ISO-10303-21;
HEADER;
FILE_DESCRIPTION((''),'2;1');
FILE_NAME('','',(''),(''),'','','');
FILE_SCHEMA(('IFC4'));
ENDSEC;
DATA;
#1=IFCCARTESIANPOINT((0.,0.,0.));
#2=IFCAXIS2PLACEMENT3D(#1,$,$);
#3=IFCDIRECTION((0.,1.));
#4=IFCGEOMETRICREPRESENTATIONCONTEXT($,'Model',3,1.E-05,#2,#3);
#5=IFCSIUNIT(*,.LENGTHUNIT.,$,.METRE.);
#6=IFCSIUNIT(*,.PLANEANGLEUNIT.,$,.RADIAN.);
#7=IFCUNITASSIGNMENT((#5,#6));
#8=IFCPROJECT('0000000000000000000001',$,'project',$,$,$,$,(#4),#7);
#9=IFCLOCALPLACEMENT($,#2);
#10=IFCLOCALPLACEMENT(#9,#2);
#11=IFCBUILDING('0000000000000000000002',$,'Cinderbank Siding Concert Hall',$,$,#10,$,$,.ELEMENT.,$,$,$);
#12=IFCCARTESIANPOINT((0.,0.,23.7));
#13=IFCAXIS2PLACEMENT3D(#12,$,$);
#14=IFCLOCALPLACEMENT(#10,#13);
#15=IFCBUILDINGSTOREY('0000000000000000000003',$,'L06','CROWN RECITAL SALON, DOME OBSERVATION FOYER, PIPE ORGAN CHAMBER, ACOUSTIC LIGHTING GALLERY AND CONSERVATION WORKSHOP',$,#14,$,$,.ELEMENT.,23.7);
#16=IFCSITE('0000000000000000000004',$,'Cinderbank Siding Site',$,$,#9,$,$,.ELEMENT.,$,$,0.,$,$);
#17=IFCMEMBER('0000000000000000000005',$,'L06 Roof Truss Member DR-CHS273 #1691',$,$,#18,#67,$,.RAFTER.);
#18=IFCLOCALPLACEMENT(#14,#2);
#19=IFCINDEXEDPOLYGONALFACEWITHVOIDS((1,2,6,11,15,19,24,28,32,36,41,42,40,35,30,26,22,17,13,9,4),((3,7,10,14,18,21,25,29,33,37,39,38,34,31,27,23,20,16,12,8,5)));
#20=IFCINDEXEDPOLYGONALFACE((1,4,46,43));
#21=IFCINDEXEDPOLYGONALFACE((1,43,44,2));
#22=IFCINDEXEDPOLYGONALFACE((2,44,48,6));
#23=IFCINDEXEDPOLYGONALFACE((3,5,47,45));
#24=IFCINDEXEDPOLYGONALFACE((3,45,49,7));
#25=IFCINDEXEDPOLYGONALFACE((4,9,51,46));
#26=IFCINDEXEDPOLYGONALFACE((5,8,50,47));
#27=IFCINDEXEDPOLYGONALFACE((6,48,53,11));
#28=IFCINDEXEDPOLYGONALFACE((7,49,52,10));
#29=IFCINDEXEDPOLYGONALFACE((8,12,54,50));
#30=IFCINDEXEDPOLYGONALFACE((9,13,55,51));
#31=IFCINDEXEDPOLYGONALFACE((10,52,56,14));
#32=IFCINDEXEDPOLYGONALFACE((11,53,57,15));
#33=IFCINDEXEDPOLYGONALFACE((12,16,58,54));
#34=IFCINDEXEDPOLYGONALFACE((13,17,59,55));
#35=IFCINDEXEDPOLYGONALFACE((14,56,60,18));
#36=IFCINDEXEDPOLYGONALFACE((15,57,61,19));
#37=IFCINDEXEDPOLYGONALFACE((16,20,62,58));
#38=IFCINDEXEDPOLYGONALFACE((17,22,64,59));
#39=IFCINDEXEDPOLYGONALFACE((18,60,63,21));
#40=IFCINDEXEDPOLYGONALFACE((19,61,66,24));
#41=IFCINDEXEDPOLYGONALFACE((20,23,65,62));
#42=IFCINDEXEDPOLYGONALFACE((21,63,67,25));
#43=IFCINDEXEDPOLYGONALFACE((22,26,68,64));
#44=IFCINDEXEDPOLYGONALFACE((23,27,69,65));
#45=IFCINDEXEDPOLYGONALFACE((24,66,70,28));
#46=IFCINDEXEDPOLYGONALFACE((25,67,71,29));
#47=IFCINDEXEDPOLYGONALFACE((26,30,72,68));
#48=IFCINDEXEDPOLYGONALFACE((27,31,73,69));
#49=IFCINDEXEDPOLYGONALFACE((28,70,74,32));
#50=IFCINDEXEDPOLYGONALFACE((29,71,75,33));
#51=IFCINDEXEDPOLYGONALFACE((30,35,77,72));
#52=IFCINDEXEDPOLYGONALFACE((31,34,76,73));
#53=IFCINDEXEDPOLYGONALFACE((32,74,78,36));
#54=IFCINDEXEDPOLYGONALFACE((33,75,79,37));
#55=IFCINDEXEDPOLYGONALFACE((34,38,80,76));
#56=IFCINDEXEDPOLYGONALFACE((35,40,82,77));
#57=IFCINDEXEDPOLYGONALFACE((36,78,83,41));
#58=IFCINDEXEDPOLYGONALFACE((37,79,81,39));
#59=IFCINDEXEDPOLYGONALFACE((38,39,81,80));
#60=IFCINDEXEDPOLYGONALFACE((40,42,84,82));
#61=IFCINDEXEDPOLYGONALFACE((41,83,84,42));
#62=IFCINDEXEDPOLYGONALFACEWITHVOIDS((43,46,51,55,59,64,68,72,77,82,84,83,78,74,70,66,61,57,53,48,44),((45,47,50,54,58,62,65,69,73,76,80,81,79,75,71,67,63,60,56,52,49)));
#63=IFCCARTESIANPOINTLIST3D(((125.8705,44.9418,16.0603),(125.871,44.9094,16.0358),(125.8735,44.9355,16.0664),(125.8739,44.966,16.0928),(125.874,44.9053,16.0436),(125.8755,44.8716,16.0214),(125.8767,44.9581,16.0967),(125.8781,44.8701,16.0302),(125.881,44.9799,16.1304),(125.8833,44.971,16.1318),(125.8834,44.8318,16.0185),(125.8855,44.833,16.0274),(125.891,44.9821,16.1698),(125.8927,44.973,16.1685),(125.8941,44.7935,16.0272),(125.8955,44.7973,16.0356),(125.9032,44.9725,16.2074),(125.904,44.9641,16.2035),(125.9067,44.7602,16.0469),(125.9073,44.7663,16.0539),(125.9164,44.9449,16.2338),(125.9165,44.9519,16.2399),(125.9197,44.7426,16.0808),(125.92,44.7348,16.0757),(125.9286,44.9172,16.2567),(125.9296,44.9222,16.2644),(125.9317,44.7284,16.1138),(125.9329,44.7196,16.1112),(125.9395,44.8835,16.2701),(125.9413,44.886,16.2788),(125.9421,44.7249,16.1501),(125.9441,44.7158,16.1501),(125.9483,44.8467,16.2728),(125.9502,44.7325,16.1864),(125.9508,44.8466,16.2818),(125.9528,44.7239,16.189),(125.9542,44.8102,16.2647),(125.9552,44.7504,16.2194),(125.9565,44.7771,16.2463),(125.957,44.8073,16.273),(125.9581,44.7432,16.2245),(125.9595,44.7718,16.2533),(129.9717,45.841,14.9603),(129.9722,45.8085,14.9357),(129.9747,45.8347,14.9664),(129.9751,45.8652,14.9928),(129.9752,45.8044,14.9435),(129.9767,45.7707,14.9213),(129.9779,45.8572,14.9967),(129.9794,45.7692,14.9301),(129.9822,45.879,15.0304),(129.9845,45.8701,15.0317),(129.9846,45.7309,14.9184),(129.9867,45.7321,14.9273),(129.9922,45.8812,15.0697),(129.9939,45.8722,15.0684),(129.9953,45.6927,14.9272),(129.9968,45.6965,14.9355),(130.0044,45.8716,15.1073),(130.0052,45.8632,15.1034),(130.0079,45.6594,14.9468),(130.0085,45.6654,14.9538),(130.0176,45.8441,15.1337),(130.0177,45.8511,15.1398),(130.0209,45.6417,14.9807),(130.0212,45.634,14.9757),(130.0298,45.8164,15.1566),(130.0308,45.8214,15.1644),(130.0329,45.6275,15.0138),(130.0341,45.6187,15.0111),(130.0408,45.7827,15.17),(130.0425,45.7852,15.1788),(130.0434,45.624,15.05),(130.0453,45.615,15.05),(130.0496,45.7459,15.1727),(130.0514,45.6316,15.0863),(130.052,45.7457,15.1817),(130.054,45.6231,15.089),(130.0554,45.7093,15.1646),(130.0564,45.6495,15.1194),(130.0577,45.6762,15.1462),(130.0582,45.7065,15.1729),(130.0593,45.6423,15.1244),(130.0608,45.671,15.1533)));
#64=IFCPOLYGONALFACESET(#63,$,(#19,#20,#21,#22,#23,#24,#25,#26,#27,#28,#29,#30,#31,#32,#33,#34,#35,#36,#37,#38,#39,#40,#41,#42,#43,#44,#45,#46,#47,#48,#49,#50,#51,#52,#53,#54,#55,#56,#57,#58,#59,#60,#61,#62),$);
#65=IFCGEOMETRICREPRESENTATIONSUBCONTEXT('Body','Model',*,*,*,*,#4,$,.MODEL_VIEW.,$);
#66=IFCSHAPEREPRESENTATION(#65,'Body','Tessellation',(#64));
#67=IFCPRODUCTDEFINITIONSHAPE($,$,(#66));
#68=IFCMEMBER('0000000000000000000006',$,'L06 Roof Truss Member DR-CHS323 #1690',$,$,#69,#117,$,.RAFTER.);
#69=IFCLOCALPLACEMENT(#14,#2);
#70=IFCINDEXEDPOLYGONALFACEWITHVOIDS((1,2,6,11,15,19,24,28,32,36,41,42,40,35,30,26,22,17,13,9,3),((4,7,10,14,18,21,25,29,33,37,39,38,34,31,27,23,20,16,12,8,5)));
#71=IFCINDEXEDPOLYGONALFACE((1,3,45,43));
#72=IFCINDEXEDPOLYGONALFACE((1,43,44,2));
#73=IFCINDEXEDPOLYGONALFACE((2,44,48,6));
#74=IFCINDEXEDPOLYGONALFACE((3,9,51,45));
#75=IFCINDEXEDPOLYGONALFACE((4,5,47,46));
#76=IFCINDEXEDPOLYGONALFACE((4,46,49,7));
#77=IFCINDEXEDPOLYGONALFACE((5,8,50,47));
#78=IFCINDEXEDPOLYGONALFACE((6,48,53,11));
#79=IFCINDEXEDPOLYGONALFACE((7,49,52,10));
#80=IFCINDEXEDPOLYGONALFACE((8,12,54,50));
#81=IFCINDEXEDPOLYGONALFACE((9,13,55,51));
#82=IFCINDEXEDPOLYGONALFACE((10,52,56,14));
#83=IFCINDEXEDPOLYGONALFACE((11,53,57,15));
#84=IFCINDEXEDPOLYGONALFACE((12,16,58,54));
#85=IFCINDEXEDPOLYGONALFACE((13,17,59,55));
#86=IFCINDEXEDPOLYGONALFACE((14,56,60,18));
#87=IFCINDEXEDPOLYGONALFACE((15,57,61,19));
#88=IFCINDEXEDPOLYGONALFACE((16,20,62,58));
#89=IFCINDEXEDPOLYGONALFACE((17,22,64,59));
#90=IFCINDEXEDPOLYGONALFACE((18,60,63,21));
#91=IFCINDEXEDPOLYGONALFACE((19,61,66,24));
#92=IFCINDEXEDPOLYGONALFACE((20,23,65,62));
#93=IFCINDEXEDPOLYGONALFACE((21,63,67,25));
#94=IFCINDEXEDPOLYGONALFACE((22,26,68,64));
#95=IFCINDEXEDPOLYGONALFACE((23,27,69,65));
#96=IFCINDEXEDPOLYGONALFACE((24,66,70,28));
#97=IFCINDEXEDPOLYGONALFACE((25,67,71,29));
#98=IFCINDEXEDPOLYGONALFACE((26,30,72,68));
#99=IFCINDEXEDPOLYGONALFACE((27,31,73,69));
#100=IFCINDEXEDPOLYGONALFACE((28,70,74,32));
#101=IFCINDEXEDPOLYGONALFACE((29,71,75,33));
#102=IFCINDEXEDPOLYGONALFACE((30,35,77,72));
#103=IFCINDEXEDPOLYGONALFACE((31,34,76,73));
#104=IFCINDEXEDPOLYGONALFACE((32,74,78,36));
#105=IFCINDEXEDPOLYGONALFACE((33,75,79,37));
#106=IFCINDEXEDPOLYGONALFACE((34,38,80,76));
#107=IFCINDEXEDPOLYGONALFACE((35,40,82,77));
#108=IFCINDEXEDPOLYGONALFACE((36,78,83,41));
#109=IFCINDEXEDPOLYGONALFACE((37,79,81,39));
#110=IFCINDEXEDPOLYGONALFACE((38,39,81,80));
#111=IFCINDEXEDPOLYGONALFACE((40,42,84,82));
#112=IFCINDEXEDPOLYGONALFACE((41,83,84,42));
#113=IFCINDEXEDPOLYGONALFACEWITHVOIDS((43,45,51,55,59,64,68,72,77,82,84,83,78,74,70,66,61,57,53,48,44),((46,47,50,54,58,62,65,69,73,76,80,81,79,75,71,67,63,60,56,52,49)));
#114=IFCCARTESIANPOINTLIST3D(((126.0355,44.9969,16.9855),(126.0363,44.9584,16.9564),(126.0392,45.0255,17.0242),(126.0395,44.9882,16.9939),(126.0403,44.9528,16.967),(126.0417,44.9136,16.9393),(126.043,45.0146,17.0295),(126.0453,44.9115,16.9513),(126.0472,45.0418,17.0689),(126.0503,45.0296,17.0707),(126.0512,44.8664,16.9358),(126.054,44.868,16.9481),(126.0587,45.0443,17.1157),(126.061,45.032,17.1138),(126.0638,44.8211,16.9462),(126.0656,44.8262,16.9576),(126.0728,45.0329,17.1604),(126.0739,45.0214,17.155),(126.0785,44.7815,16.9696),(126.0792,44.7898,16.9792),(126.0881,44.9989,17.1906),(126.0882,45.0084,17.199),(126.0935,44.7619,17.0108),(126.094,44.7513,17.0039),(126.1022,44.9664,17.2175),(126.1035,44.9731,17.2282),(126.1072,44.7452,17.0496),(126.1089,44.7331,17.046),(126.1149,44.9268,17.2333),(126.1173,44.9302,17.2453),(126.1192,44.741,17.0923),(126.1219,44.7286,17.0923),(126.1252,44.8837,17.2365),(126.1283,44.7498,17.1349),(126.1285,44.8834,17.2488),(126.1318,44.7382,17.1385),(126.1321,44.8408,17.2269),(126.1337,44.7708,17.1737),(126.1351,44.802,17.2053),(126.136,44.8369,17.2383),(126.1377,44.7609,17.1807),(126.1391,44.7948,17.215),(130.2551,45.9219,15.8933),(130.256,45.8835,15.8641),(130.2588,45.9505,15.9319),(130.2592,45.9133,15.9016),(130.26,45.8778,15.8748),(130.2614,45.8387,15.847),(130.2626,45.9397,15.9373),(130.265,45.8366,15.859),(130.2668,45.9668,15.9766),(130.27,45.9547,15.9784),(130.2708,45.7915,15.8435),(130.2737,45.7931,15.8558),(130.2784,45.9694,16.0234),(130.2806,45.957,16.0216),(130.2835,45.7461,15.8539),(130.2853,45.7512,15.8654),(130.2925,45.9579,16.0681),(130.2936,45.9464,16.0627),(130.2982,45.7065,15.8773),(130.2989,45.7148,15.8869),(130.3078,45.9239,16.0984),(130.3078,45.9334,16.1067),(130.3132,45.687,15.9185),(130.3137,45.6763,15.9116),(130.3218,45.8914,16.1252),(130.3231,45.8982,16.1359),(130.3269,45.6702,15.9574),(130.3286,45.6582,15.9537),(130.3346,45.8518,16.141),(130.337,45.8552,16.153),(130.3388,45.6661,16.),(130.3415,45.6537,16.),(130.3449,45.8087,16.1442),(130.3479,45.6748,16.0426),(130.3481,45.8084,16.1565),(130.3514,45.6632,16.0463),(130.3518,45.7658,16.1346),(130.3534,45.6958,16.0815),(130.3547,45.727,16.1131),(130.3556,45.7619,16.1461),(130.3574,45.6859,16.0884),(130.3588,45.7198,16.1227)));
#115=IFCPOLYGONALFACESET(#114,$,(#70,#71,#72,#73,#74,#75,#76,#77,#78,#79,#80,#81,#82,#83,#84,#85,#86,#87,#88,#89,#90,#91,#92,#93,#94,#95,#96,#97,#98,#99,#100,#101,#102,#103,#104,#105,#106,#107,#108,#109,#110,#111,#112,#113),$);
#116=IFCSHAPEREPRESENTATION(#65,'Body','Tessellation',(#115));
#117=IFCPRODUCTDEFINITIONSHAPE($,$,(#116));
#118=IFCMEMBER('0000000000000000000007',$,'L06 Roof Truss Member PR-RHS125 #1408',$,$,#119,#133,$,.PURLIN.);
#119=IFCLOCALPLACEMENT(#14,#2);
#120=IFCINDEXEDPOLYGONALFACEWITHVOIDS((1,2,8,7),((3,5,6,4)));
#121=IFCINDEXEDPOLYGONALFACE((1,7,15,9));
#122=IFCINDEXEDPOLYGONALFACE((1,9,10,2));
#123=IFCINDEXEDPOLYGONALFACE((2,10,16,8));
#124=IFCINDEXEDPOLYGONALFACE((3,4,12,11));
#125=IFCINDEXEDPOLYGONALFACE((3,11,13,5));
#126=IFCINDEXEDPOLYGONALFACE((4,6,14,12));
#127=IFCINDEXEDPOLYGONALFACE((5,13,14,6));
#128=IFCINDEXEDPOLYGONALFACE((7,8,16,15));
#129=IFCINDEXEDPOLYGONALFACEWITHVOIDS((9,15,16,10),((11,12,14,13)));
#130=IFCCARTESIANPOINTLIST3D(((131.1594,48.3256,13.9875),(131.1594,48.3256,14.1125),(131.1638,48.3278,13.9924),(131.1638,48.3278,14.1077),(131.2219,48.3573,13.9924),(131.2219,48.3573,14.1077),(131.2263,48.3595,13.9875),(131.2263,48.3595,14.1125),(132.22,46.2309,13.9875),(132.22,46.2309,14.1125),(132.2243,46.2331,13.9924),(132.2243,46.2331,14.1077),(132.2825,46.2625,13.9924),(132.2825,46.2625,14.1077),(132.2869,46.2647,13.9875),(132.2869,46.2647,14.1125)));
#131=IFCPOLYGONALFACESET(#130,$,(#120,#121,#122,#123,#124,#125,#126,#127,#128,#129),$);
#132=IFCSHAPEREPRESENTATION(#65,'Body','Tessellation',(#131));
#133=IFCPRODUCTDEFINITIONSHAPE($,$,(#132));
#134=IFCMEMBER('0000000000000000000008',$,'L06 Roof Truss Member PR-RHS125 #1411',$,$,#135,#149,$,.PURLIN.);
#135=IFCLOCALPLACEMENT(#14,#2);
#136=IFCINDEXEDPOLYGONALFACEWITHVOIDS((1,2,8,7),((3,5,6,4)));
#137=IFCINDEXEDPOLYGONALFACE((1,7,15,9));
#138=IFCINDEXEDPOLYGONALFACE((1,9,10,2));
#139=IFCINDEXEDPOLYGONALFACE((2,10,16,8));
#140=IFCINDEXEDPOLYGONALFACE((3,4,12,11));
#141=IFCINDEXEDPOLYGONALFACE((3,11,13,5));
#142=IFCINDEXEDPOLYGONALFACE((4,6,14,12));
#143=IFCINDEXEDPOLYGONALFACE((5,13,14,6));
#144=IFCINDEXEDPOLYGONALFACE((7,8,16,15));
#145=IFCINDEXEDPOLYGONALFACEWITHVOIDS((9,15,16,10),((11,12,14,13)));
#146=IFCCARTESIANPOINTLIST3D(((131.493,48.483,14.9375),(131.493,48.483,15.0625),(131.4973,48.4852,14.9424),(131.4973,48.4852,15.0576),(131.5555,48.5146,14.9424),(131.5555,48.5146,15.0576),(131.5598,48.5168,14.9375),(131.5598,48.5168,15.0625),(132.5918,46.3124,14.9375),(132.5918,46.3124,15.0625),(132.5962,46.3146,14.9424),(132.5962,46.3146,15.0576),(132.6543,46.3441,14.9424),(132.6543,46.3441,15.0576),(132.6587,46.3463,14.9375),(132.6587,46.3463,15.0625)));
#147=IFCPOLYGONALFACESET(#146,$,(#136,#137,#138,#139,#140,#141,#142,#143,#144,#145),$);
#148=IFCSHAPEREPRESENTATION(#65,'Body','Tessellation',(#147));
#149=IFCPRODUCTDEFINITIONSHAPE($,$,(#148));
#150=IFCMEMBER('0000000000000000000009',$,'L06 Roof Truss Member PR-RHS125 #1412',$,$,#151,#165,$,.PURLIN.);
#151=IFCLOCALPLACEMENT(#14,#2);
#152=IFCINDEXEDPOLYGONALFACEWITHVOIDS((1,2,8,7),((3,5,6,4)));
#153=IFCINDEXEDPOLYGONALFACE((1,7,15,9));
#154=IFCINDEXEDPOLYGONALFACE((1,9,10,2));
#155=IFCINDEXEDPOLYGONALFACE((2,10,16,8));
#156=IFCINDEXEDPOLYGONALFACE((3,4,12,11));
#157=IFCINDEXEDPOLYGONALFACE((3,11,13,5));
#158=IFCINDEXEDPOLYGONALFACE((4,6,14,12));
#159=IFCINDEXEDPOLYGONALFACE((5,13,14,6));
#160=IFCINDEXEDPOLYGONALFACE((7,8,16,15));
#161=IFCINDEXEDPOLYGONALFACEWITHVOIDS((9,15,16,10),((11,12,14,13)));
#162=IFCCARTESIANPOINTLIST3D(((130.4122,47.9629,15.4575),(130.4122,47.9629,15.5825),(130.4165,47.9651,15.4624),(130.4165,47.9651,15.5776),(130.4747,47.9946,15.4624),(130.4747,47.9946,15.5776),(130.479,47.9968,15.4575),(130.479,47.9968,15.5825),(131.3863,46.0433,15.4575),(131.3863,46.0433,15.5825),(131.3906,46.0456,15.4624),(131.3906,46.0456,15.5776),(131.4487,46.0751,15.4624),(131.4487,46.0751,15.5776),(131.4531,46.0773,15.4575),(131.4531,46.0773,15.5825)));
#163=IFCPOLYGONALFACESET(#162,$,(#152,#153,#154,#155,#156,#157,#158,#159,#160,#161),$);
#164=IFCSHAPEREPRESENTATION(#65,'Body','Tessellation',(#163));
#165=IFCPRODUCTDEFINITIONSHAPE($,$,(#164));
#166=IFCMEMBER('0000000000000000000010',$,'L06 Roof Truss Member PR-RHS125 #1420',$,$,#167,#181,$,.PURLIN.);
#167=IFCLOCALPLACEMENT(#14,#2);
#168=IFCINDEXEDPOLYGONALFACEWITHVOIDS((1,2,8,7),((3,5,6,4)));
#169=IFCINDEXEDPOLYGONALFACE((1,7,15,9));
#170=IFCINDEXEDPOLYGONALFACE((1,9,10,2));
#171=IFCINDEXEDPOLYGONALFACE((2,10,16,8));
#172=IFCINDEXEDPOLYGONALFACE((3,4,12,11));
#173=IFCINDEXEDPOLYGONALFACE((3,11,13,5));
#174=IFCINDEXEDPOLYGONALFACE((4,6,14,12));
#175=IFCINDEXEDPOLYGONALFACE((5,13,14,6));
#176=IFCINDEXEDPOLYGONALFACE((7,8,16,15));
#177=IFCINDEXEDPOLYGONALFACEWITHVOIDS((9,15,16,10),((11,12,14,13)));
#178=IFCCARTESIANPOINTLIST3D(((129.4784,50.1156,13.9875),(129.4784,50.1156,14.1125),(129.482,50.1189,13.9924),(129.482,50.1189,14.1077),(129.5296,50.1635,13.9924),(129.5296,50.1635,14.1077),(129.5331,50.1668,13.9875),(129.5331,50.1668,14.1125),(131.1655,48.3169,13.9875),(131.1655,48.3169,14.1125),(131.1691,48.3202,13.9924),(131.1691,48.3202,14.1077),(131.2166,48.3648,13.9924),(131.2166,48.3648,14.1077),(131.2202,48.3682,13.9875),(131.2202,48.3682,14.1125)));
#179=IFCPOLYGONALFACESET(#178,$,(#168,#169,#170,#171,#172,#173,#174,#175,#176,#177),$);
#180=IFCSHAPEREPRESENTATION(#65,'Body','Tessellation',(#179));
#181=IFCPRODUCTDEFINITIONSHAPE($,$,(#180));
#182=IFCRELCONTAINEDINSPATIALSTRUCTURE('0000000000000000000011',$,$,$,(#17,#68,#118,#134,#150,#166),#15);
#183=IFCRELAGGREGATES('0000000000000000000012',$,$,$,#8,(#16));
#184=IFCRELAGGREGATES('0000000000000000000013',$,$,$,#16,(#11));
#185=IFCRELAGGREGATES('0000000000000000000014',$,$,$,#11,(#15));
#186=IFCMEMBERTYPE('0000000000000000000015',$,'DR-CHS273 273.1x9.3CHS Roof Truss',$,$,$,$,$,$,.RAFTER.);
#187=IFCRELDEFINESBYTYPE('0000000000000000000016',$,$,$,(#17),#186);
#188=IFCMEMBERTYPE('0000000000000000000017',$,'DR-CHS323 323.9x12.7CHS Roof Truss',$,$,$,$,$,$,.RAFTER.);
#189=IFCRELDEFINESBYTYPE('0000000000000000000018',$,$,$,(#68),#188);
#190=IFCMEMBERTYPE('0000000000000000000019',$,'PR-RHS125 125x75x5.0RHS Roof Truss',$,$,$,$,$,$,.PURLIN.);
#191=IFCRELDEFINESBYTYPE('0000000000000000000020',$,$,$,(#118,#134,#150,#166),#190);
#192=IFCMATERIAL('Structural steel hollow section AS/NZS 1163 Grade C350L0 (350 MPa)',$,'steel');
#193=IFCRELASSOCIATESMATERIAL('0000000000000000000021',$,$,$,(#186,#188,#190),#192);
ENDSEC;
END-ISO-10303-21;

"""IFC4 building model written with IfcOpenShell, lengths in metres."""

from ifc_helpers import new_model, si_unit, direction, frame, origin, origin_2d, place, context, subcontext, project, spatial, hollow_rectangle, hollow_circle, extrude, material, material_profile, profile_set, type_object, element, save


model = new_model("IFC4")

# Units and contexts
model_context = context("Model", 3, precision=1e-05, world=origin(), true_north=direction((0.0, 1.0)))
body_context = subcontext(model_context, "Body", "Model", "MODEL_VIEW")
ifc_project = project(units=[si_unit("LENGTHUNIT", "METRE"), si_unit("PLANEANGLEUNIT", "RADIAN")], contexts=[model_context])

# Site, building, storey
site_placement = place(None, origin())
site = spatial("IfcSite", under=ifc_project, at=site_placement, Name="Cinderbank Siding Site", CompositionType="ELEMENT", RefElevation=0.0)
building_placement = place(site_placement, origin())
building = spatial("IfcBuilding", under=site, at=building_placement, Name="Cinderbank Siding Concert Hall", CompositionType="ELEMENT")
storey_placement = place(building_placement, frame((0.0, 0.0, 23.7)))
storey = spatial("IfcBuildingStorey", under=building, at=storey_placement, Name="L06", Description="CROWN RECITAL SALON, DOME OBSERVATION FOYER, PIPE ORGAN CHAMBER, ACOUSTIC LIGHTING GALLERY AND CONSERVATION WORKSHOP", CompositionType="ELEMENT", Elevation=23.7)

# Members
ifc_material_1 = material(Name="Structural steel hollow section AS/NZS 1163 Grade C350L0 (350 MPa)", Category="steel")
ifc_material_profile_1 = material_profile(ifc_material_1, hollow_circle(Radius=0.1365, WallThickness=0.0093, at=origin_2d()), Name="273.1x9.3CHS", Category="LoadBearing")
ifc_profile_set_1 = profile_set([ifc_material_profile_1], Name="Structural steel hollow section AS/NZS 1163 Grade C350L0 (350 MPa)")
member_type_1 = type_object("IfcMemberType", Name="DR-CHS273 273.1x9.3CHS Roof Truss", PredefinedType="RAFTER", material=ifc_profile_set_1)
member_1_placement = place(storey_placement, frame((130.0161, 45.7483, 15.05), z_axis=(-0.944906, -0.20716, 0.253452), x_axis=(0.214153, -0.9768, 0.0)))
element("IfcMember", 1, at=member_1_placement, inside=storey, type_object=member_type_1, Name="L06 Roof Truss Member DR-CHS273 #1691", PredefinedType="RAFTER", context=body_context, shape_type="SweptSolid", body=[
    extrude(hollow_circle(Radius=0.1365, WallThickness=0.0093, at=origin_2d()), origin(), (0.0, 0.0, 1.0), 4.3403),
])
ifc_material_profile_2 = material_profile(ifc_material_1, hollow_circle(Radius=0.1619, WallThickness=0.0127, at=origin_2d()), Name="323.9x12.7CHS", Category="LoadBearing")
ifc_profile_set_2 = profile_set([ifc_material_profile_2], Name="Structural steel hollow section AS/NZS 1163 Grade C350L0 (350 MPa)")
member_type_2 = type_object("IfcMemberType", Name="DR-CHS323 323.9x12.7CHS Roof Truss", PredefinedType="RAFTER", material=ifc_profile_set_2)
member_2_placement = place(storey_placement, frame((130.3069, 45.8118, 16.0), z_axis=(-0.947001, -0.207602, 0.245133), x_axis=(0.214135, -0.976804, 0.0)))
element("IfcMember", 2, at=member_2_placement, inside=storey, type_object=member_type_2, Name="L06 Roof Truss Member DR-CHS323 #1690", PredefinedType="RAFTER", context=body_context, shape_type="SweptSolid", body=[
    extrude(hollow_circle(Radius=0.1619, WallThickness=0.0127, at=origin_2d()), origin(), (0.0, 0.0, 1.0), 4.4558),
])
ifc_material_profile_3 = material_profile(ifc_material_1, hollow_rectangle(XDim=0.075, YDim=0.125, WallThickness=0.0049, at=origin_2d()), Name="125x75x5.0RHS", Category="LoadBearing")
ifc_profile_set_3 = profile_set([ifc_material_profile_3], Name="Structural steel hollow section AS/NZS 1163 Grade C350L0 (350 MPa)")
member_type_3 = type_object("IfcMemberType", Name="PR-RHS125 125x75x5.0RHS Roof Truss", PredefinedType="PURLIN", material=ifc_profile_set_3)
member_3_placement = place(storey_placement, frame((132.2534, 46.2478, 14.05), z_axis=(-0.4517, 0.89217, 0.0), x_axis=(-0.89217, -0.4517, 0.0)))
element("IfcMember", 3, at=member_3_placement, inside=storey, type_object=member_type_3, Name="L06 Roof Truss Member PR-RHS125 #1408", PredefinedType="PURLIN", context=body_context, shape_type="SweptSolid", body=[
    extrude(hollow_rectangle(XDim=0.075, YDim=0.125, WallThickness=0.0049, at=origin_2d()), origin(), (0.0, 0.0, 1.0), 2.3479),
])
member_4_placement = place(storey_placement, frame((132.6252, 46.3293, 15.0), z_axis=(-0.451663, 0.892188, 0.0), x_axis=(-0.892188, -0.451663, 0.0)))
element("IfcMember", 4, at=member_4_placement, inside=storey, type_object=member_type_3, Name="L06 Roof Truss Member PR-RHS125 #1411", PredefinedType="PURLIN", context=body_context, shape_type="SweptSolid", body=[
    extrude(hollow_rectangle(XDim=0.075, YDim=0.125, WallThickness=0.0049, at=origin_2d()), origin(), (0.0, 0.0, 1.0), 2.4329),
])
member_5_placement = place(storey_placement, frame((131.4197, 46.0603, 15.52), z_axis=(-0.452513, 0.891758, 0.0), x_axis=(-0.891758, -0.452513, 0.0)))
element("IfcMember", 5, at=member_5_placement, inside=storey, type_object=member_type_3, Name="L06 Roof Truss Member PR-RHS125 #1412", PredefinedType="PURLIN", context=body_context, shape_type="SweptSolid", body=[
    extrude(hollow_rectangle(XDim=0.075, YDim=0.125, WallThickness=0.0049, at=origin_2d()), origin(), (0.0, 0.0, 1.0), 2.1526),
])
member_6_placement = place(storey_placement, frame((131.1929, 48.3425, 14.05), z_axis=(-0.684122, 0.729367, 0.0), x_axis=(-0.729367, -0.684122, 0.0)))
element("IfcMember", 6, at=member_6_placement, inside=storey, type_object=member_type_3, Name="L06 Roof Truss Member PR-RHS125 #1420", PredefinedType="PURLIN", context=body_context, shape_type="SweptSolid", body=[
    extrude(hollow_rectangle(XDim=0.075, YDim=0.125, WallThickness=0.0049, at=origin_2d()), origin(), (0.0, 0.0, 1.0), 2.4661),
])

save(model, "model.ifc")
